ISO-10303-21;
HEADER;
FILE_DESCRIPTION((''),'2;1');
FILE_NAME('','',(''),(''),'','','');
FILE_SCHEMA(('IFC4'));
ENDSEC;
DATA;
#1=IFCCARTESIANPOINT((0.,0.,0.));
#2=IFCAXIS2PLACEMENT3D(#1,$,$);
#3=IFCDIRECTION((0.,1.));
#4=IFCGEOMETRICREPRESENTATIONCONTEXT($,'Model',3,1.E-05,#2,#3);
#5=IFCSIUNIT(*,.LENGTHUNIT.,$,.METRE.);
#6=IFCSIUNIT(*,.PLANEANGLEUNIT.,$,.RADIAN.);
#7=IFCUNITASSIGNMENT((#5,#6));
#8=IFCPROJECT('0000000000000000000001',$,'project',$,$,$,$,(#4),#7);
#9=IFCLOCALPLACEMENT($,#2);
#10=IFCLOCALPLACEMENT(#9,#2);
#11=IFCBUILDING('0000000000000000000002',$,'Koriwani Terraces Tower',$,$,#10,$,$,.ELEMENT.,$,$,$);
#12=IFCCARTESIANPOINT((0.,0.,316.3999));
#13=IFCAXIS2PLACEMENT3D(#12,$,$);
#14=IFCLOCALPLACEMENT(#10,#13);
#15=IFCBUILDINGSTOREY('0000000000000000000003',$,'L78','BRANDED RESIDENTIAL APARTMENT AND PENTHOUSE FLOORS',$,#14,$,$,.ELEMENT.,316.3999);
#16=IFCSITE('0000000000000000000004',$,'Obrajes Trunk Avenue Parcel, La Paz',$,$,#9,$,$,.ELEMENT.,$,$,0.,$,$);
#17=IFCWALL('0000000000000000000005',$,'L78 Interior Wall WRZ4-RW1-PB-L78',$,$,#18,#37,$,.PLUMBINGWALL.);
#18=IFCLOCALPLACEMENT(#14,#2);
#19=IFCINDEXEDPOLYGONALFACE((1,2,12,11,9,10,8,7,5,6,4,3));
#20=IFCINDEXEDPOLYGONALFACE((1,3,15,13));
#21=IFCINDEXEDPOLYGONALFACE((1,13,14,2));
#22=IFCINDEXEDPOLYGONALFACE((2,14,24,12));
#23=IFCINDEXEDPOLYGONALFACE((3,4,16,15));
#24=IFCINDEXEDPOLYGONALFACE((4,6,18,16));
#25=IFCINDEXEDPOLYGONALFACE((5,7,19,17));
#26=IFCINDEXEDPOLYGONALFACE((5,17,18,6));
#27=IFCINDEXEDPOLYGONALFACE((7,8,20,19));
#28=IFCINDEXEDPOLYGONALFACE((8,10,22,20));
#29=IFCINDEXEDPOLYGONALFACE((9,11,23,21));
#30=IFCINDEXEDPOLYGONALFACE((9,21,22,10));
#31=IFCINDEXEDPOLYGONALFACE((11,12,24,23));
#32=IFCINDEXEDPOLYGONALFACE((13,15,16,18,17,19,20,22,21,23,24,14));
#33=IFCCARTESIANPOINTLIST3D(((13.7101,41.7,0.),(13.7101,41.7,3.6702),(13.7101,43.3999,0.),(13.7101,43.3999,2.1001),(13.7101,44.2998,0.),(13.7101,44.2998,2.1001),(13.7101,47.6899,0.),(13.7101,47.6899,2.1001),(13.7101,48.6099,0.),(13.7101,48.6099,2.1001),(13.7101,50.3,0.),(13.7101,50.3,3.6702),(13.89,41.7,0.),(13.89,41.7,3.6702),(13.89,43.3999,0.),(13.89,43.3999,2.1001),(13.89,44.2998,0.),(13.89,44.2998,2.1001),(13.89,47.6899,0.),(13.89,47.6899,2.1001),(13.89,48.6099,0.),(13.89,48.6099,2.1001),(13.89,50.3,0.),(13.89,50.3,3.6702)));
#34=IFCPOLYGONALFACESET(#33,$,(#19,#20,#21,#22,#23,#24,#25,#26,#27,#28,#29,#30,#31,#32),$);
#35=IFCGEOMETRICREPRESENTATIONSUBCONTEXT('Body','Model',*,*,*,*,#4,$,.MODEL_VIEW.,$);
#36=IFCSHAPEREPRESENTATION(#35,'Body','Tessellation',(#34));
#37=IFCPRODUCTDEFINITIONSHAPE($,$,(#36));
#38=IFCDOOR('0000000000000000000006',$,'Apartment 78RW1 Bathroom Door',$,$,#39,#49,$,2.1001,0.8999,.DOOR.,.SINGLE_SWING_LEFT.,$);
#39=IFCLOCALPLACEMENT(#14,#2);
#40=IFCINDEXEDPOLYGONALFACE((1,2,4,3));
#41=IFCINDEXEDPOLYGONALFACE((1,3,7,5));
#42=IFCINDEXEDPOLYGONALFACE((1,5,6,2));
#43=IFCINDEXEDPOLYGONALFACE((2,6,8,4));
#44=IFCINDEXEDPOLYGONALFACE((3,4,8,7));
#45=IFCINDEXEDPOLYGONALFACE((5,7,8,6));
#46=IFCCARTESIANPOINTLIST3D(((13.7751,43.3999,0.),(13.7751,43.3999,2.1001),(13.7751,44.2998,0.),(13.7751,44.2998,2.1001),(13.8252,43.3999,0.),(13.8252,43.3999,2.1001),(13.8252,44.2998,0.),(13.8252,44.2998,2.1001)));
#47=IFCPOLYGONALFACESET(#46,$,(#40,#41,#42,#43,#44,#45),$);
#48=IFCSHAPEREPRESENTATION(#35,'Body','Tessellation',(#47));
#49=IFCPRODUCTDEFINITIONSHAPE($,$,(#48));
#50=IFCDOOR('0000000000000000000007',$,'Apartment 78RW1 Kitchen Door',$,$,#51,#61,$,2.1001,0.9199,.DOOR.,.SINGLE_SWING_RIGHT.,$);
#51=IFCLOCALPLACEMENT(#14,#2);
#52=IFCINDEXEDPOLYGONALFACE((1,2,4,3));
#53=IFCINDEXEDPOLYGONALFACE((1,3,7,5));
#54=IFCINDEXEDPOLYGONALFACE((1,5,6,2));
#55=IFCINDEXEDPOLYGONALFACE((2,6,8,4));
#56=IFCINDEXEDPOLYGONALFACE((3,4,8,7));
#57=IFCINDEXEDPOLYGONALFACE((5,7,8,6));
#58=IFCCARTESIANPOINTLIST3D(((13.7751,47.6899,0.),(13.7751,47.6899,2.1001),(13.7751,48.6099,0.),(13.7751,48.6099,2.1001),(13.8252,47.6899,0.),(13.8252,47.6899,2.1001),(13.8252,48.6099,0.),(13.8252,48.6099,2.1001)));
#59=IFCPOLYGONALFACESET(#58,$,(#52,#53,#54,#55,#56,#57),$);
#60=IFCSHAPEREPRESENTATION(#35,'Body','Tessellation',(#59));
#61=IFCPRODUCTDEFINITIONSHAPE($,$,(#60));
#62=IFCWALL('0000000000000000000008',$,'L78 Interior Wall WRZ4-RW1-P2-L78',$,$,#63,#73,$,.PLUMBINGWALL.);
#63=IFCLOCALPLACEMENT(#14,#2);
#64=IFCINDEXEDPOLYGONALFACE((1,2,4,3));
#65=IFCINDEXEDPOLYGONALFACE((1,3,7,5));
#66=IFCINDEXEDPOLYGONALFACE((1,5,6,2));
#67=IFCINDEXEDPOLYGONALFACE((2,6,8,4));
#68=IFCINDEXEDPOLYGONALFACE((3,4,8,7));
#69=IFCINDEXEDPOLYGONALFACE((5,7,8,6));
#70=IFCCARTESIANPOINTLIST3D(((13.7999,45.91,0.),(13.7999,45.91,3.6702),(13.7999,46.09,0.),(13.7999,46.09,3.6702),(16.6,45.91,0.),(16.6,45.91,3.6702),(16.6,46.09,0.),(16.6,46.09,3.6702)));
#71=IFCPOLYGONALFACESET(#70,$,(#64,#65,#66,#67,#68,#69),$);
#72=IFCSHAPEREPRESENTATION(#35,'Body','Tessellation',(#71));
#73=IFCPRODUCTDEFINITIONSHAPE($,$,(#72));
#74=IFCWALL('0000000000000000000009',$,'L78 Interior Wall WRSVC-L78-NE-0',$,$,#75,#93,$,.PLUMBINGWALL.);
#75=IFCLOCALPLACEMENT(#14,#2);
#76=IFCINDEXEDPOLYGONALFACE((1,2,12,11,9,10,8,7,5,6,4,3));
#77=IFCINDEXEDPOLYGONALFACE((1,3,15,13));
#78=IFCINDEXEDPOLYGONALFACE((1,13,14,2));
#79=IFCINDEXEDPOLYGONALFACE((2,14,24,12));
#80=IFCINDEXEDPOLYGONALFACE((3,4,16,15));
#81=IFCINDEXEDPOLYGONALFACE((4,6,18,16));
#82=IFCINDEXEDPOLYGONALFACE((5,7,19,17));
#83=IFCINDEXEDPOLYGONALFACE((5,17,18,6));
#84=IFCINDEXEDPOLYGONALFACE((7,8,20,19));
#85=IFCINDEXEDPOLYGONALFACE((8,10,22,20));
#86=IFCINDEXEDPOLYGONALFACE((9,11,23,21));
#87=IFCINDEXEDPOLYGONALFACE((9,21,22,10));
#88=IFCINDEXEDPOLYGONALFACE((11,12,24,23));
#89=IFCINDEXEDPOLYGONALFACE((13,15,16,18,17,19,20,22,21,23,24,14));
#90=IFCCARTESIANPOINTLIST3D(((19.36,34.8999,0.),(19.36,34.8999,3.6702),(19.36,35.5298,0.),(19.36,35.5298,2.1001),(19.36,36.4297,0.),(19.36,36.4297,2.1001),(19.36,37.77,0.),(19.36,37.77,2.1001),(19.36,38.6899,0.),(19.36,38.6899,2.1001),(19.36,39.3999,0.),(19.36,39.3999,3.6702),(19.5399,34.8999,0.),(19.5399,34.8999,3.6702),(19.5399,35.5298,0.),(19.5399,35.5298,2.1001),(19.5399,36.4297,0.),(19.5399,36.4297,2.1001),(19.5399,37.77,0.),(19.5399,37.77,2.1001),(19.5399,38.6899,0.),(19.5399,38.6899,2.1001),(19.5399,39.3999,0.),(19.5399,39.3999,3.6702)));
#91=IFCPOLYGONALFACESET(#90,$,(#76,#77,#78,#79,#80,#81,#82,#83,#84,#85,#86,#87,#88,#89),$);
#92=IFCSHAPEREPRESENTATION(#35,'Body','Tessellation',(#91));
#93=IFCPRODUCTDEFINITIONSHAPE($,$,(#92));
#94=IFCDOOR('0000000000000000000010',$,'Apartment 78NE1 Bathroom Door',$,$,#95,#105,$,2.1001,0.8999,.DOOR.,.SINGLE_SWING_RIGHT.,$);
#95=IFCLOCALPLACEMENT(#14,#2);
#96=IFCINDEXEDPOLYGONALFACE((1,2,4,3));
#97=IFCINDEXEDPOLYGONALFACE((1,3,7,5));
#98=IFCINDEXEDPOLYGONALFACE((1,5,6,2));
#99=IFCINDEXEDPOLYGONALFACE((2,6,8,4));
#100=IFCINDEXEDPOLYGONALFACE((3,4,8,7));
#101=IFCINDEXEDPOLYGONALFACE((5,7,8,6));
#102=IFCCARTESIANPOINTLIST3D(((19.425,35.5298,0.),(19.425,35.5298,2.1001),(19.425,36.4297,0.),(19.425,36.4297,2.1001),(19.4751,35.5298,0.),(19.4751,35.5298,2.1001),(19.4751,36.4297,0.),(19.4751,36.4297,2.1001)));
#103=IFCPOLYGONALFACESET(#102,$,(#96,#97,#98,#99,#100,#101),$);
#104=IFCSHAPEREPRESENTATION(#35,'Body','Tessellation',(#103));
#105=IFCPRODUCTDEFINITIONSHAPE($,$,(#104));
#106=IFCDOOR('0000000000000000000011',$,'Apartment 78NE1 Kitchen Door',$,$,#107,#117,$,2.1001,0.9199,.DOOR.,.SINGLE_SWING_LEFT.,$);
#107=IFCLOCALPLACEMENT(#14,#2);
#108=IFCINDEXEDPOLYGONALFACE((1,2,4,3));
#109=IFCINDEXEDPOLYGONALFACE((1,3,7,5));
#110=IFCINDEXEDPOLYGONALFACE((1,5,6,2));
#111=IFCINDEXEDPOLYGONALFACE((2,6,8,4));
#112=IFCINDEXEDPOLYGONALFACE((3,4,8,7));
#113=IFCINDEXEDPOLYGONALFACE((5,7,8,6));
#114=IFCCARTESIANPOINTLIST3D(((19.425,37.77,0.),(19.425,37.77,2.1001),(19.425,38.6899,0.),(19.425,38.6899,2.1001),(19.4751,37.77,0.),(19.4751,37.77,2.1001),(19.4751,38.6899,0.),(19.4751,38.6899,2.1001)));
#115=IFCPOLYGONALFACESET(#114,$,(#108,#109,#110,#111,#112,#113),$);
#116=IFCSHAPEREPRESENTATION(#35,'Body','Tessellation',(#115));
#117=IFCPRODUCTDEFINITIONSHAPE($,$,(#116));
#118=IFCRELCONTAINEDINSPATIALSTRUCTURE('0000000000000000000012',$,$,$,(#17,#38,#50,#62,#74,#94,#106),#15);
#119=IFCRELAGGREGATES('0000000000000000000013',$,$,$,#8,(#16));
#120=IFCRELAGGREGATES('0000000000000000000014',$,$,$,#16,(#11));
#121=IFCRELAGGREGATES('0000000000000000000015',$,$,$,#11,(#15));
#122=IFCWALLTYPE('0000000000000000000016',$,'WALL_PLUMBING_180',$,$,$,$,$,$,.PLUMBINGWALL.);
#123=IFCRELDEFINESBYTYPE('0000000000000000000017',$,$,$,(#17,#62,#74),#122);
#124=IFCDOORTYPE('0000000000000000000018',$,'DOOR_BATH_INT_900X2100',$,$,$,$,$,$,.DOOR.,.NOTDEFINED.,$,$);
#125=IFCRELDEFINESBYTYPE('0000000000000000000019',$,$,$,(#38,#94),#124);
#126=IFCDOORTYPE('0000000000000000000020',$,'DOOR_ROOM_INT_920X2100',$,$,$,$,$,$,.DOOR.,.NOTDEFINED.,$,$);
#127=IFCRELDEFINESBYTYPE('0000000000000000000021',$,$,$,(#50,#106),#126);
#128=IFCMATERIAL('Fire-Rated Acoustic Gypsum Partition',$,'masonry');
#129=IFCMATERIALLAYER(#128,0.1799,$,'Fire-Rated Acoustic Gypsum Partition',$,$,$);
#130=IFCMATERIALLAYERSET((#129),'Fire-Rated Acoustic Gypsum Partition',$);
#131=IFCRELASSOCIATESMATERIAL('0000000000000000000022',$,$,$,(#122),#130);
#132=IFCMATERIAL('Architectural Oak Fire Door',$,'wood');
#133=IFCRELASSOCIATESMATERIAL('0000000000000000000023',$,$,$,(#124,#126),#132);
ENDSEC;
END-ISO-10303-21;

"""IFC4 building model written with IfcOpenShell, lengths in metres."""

from ifc_helpers import new_model, si_unit, direction, frame, frame_2d, origin, place, context, subcontext, project, spatial, rectangle, extrude, material, layer, layer_set, type_object, element, fill, save


model = new_model("IFC4")

# Units and contexts
model_context = context("Model", 3, precision=1e-05, world=origin(), true_north=direction((0.0, 1.0)))
body_context = subcontext(model_context, "Body", "Model", "MODEL_VIEW")
ifc_project = project(units=[si_unit("LENGTHUNIT", "METRE"), si_unit("PLANEANGLEUNIT", "RADIAN")], contexts=[model_context])

# Site, building, storey
site_placement = place(None, origin())
site = spatial("IfcSite", under=ifc_project, at=site_placement, Name="Obrajes Trunk Avenue Parcel, La Paz", CompositionType="ELEMENT", RefElevation=0.0)
building_placement = place(site_placement, origin())
building = spatial("IfcBuilding", under=site, at=building_placement, Name="Koriwani Terraces Tower", CompositionType="ELEMENT")
storey_placement = place(building_placement, frame((0.0, 0.0, 316.3999)))
storey = spatial("IfcBuildingStorey", under=building, at=storey_placement, Name="L78", Description="BRANDED RESIDENTIAL APARTMENT AND PENTHOUSE FLOORS", CompositionType="ELEMENT", Elevation=316.3999)

# Shared definitions
ifc_material_1 = material(Name="Architectural Oak Fire Door", Category="wood")

# Wall, openings, doors
ifc_material_2 = material(Name="Fire-Rated Acoustic Gypsum Partition", Category="masonry")
ifc_layer_1 = layer(ifc_material_2, 0.1799, Name="Fire-Rated Acoustic Gypsum Partition")
ifc_layer_set_1 = layer_set([ifc_layer_1], Name="Fire-Rated Acoustic Gypsum Partition")
wall_type_1 = type_object("IfcWallType", Name="WALL_PLUMBING_180", PredefinedType="PLUMBINGWALL", material=ifc_layer_set_1)
wall_1_placement = place(storey_placement, frame((13.8, 41.7, 0.0), z_axis=(0.0, 0.0, 1.0), x_axis=(0.0, 1.0, 0.0)))
wall_1 = element("IfcWall", 1, at=wall_1_placement, inside=storey, type_object=wall_type_1, Name="L78 Interior Wall WRZ4-RW1-PB-L78", PredefinedType="PLUMBINGWALL", context=body_context, shape_type="SweptSolid", body=[
    extrude(rectangle(XDim=8.6001, YDim=0.1799, at=frame_2d((4.3, 0.0))), origin(), (0.0, 0.0, 1.0), 3.6702),
])
opening_1_placement = place(wall_1_placement, frame((1.7, 0.0, 0.0)))
opening_1 = element("IfcOpeningElement", 2, at=opening_1_placement, cuts=wall_1, PredefinedType="OPENING", context=body_context, shape_type="SweptSolid", body=[
    extrude(rectangle(XDim=0.8999, YDim=2.1001, at=frame_2d((0.45, 1.05))), frame((0.0, 0.1001, 0.0), z_axis=(0.0, -1.0, 0.0), x_axis=(1.0, 0.0, 0.0)), (0.0, 0.0, 1.0), 0.2),
])
opening_2_placement = place(wall_1_placement, frame((5.99, 0.0, 0.0)))
opening_2 = element("IfcOpeningElement", 3, at=opening_2_placement, cuts=wall_1, PredefinedType="OPENING", context=body_context, shape_type="SweptSolid", body=[
    extrude(rectangle(XDim=0.9199, YDim=2.1001, at=frame_2d((0.46, 1.05))), frame((0.0, 0.1001, 0.0), z_axis=(0.0, -1.0, 0.0), x_axis=(1.0, 0.0, 0.0)), (0.0, 0.0, 1.0), 0.2),
])
door_type_1 = type_object("IfcDoorType", Name="DOOR_BATH_INT_900X2100", OperationType="NOTDEFINED", PredefinedType="DOOR", material=ifc_material_1)
door_1_placement = place(opening_1_placement, origin())
door_1 = element("IfcDoor", 4, at=door_1_placement, inside=storey, type_object=door_type_1, Name="Apartment 78RW1 Bathroom Door", OperationType="SINGLE_SWING_LEFT", OverallHeight=2.1001, OverallWidth=0.8999, PredefinedType="DOOR", context=body_context, shape_type="SweptSolid", body=[
    extrude(rectangle(XDim=0.8999, YDim=2.1001, at=frame_2d((0.45, 1.05))), frame((0.0, 0.0249, 0.0), z_axis=(0.0, -1.0, 0.0), x_axis=(1.0, 0.0, 0.0)), (0.0, 0.0, 1.0), 0.05),
])
fill(opening_1, door_1)
door_type_2 = type_object("IfcDoorType", Name="DOOR_ROOM_INT_920X2100", OperationType="NOTDEFINED", PredefinedType="DOOR", material=ifc_material_1)
door_2_placement = place(opening_2_placement, origin())
door_2 = element("IfcDoor", 5, at=door_2_placement, inside=storey, type_object=door_type_2, Name="Apartment 78RW1 Kitchen Door", OperationType="SINGLE_SWING_RIGHT", OverallHeight=2.1001, OverallWidth=0.9199, PredefinedType="DOOR", context=body_context, shape_type="SweptSolid", body=[
    extrude(rectangle(XDim=0.9199, YDim=2.1001, at=frame_2d((0.46, 1.05))), frame((0.0, 0.0249, 0.0), z_axis=(0.0, -1.0, 0.0), x_axis=(1.0, 0.0, 0.0)), (0.0, 0.0, 1.0), 0.05),
])
fill(opening_2, door_2)

# Wall
wall_2_placement = place(storey_placement, frame((13.8, 46.0, 0.0), z_axis=(0.0, 0.0, 1.0), x_axis=(1.0, 0.0, 0.0)))
element("IfcWall", 6, at=wall_2_placement, inside=storey, type_object=wall_type_1, Name="L78 Interior Wall WRZ4-RW1-P2-L78", PredefinedType="PLUMBINGWALL", context=body_context, shape_type="SweptSolid", body=[
    extrude(rectangle(XDim=2.8, YDim=0.1799, at=frame_2d((1.3999, 0.0))), origin(), (0.0, 0.0, 1.0), 3.6702),
])

# Wall, openings, doors
wall_3_placement = place(storey_placement, frame((19.45, 34.8999, 0.0), z_axis=(0.0, 0.0, 1.0), x_axis=(0.0, 1.0, 0.0)))
wall_3 = element("IfcWall", 7, at=wall_3_placement, inside=storey, type_object=wall_type_1, Name="L78 Interior Wall WRSVC-L78-NE-0", PredefinedType="PLUMBINGWALL", context=body_context, shape_type="SweptSolid", body=[
    extrude(rectangle(XDim=4.5, YDim=0.1799, at=frame_2d((2.25, 0.0))), origin(), (0.0, 0.0, 1.0), 3.6702),
])
opening_3_placement = place(wall_3_placement, frame((0.6299, 0.0, 0.0)))
opening_3 = element("IfcOpeningElement", 8, at=opening_3_placement, cuts=wall_3, PredefinedType="OPENING", context=body_context, shape_type="SweptSolid", body=[
    extrude(rectangle(XDim=0.8999, YDim=2.1001, at=frame_2d((0.45, 1.05))), frame((0.0, 0.1001, 0.0), z_axis=(0.0, -1.0, 0.0), x_axis=(1.0, 0.0, 0.0)), (0.0, 0.0, 1.0), 0.2),
])
opening_4_placement = place(wall_3_placement, frame((2.8701, 0.0, 0.0)))
opening_4 = element("IfcOpeningElement", 9, at=opening_4_placement, cuts=wall_3, PredefinedType="OPENING", context=body_context, shape_type="SweptSolid", body=[
    extrude(rectangle(XDim=0.9199, YDim=2.1001, at=frame_2d((0.46, 1.05))), frame((0.0, 0.1001, 0.0), z_axis=(0.0, -1.0, 0.0), x_axis=(1.0, 0.0, 0.0)), (0.0, 0.0, 1.0), 0.2),
])
door_3_placement = place(opening_3_placement, origin())
door_3 = element("IfcDoor", 10, at=door_3_placement, inside=storey, type_object=door_type_1, Name="Apartment 78NE1 Bathroom Door", OperationType="SINGLE_SWING_RIGHT", OverallHeight=2.1001, OverallWidth=0.8999, PredefinedType="DOOR", context=body_context, shape_type="SweptSolid", body=[
    extrude(rectangle(XDim=0.8999, YDim=2.1001, at=frame_2d((0.45, 1.05))), frame((0.0, 0.0249, 0.0), z_axis=(0.0, -1.0, 0.0), x_axis=(1.0, 0.0, 0.0)), (0.0, 0.0, 1.0), 0.05),
])
fill(opening_3, door_3)
door_4_placement = place(opening_4_placement, origin())
door_4 = element("IfcDoor", 11, at=door_4_placement, inside=storey, type_object=door_type_2, Name="Apartment 78NE1 Kitchen Door", OperationType="SINGLE_SWING_LEFT", OverallHeight=2.1001, OverallWidth=0.9199, PredefinedType="DOOR", context=body_context, shape_type="SweptSolid", body=[
    extrude(rectangle(XDim=0.9199, YDim=2.1001, at=frame_2d((0.46, 1.05))), frame((0.0, 0.0249, 0.0), z_axis=(0.0, -1.0, 0.0), x_axis=(1.0, 0.0, 0.0)), (0.0, 0.0, 1.0), 0.05),
])
fill(opening_4, door_4)

save(model, "model.ifc")
